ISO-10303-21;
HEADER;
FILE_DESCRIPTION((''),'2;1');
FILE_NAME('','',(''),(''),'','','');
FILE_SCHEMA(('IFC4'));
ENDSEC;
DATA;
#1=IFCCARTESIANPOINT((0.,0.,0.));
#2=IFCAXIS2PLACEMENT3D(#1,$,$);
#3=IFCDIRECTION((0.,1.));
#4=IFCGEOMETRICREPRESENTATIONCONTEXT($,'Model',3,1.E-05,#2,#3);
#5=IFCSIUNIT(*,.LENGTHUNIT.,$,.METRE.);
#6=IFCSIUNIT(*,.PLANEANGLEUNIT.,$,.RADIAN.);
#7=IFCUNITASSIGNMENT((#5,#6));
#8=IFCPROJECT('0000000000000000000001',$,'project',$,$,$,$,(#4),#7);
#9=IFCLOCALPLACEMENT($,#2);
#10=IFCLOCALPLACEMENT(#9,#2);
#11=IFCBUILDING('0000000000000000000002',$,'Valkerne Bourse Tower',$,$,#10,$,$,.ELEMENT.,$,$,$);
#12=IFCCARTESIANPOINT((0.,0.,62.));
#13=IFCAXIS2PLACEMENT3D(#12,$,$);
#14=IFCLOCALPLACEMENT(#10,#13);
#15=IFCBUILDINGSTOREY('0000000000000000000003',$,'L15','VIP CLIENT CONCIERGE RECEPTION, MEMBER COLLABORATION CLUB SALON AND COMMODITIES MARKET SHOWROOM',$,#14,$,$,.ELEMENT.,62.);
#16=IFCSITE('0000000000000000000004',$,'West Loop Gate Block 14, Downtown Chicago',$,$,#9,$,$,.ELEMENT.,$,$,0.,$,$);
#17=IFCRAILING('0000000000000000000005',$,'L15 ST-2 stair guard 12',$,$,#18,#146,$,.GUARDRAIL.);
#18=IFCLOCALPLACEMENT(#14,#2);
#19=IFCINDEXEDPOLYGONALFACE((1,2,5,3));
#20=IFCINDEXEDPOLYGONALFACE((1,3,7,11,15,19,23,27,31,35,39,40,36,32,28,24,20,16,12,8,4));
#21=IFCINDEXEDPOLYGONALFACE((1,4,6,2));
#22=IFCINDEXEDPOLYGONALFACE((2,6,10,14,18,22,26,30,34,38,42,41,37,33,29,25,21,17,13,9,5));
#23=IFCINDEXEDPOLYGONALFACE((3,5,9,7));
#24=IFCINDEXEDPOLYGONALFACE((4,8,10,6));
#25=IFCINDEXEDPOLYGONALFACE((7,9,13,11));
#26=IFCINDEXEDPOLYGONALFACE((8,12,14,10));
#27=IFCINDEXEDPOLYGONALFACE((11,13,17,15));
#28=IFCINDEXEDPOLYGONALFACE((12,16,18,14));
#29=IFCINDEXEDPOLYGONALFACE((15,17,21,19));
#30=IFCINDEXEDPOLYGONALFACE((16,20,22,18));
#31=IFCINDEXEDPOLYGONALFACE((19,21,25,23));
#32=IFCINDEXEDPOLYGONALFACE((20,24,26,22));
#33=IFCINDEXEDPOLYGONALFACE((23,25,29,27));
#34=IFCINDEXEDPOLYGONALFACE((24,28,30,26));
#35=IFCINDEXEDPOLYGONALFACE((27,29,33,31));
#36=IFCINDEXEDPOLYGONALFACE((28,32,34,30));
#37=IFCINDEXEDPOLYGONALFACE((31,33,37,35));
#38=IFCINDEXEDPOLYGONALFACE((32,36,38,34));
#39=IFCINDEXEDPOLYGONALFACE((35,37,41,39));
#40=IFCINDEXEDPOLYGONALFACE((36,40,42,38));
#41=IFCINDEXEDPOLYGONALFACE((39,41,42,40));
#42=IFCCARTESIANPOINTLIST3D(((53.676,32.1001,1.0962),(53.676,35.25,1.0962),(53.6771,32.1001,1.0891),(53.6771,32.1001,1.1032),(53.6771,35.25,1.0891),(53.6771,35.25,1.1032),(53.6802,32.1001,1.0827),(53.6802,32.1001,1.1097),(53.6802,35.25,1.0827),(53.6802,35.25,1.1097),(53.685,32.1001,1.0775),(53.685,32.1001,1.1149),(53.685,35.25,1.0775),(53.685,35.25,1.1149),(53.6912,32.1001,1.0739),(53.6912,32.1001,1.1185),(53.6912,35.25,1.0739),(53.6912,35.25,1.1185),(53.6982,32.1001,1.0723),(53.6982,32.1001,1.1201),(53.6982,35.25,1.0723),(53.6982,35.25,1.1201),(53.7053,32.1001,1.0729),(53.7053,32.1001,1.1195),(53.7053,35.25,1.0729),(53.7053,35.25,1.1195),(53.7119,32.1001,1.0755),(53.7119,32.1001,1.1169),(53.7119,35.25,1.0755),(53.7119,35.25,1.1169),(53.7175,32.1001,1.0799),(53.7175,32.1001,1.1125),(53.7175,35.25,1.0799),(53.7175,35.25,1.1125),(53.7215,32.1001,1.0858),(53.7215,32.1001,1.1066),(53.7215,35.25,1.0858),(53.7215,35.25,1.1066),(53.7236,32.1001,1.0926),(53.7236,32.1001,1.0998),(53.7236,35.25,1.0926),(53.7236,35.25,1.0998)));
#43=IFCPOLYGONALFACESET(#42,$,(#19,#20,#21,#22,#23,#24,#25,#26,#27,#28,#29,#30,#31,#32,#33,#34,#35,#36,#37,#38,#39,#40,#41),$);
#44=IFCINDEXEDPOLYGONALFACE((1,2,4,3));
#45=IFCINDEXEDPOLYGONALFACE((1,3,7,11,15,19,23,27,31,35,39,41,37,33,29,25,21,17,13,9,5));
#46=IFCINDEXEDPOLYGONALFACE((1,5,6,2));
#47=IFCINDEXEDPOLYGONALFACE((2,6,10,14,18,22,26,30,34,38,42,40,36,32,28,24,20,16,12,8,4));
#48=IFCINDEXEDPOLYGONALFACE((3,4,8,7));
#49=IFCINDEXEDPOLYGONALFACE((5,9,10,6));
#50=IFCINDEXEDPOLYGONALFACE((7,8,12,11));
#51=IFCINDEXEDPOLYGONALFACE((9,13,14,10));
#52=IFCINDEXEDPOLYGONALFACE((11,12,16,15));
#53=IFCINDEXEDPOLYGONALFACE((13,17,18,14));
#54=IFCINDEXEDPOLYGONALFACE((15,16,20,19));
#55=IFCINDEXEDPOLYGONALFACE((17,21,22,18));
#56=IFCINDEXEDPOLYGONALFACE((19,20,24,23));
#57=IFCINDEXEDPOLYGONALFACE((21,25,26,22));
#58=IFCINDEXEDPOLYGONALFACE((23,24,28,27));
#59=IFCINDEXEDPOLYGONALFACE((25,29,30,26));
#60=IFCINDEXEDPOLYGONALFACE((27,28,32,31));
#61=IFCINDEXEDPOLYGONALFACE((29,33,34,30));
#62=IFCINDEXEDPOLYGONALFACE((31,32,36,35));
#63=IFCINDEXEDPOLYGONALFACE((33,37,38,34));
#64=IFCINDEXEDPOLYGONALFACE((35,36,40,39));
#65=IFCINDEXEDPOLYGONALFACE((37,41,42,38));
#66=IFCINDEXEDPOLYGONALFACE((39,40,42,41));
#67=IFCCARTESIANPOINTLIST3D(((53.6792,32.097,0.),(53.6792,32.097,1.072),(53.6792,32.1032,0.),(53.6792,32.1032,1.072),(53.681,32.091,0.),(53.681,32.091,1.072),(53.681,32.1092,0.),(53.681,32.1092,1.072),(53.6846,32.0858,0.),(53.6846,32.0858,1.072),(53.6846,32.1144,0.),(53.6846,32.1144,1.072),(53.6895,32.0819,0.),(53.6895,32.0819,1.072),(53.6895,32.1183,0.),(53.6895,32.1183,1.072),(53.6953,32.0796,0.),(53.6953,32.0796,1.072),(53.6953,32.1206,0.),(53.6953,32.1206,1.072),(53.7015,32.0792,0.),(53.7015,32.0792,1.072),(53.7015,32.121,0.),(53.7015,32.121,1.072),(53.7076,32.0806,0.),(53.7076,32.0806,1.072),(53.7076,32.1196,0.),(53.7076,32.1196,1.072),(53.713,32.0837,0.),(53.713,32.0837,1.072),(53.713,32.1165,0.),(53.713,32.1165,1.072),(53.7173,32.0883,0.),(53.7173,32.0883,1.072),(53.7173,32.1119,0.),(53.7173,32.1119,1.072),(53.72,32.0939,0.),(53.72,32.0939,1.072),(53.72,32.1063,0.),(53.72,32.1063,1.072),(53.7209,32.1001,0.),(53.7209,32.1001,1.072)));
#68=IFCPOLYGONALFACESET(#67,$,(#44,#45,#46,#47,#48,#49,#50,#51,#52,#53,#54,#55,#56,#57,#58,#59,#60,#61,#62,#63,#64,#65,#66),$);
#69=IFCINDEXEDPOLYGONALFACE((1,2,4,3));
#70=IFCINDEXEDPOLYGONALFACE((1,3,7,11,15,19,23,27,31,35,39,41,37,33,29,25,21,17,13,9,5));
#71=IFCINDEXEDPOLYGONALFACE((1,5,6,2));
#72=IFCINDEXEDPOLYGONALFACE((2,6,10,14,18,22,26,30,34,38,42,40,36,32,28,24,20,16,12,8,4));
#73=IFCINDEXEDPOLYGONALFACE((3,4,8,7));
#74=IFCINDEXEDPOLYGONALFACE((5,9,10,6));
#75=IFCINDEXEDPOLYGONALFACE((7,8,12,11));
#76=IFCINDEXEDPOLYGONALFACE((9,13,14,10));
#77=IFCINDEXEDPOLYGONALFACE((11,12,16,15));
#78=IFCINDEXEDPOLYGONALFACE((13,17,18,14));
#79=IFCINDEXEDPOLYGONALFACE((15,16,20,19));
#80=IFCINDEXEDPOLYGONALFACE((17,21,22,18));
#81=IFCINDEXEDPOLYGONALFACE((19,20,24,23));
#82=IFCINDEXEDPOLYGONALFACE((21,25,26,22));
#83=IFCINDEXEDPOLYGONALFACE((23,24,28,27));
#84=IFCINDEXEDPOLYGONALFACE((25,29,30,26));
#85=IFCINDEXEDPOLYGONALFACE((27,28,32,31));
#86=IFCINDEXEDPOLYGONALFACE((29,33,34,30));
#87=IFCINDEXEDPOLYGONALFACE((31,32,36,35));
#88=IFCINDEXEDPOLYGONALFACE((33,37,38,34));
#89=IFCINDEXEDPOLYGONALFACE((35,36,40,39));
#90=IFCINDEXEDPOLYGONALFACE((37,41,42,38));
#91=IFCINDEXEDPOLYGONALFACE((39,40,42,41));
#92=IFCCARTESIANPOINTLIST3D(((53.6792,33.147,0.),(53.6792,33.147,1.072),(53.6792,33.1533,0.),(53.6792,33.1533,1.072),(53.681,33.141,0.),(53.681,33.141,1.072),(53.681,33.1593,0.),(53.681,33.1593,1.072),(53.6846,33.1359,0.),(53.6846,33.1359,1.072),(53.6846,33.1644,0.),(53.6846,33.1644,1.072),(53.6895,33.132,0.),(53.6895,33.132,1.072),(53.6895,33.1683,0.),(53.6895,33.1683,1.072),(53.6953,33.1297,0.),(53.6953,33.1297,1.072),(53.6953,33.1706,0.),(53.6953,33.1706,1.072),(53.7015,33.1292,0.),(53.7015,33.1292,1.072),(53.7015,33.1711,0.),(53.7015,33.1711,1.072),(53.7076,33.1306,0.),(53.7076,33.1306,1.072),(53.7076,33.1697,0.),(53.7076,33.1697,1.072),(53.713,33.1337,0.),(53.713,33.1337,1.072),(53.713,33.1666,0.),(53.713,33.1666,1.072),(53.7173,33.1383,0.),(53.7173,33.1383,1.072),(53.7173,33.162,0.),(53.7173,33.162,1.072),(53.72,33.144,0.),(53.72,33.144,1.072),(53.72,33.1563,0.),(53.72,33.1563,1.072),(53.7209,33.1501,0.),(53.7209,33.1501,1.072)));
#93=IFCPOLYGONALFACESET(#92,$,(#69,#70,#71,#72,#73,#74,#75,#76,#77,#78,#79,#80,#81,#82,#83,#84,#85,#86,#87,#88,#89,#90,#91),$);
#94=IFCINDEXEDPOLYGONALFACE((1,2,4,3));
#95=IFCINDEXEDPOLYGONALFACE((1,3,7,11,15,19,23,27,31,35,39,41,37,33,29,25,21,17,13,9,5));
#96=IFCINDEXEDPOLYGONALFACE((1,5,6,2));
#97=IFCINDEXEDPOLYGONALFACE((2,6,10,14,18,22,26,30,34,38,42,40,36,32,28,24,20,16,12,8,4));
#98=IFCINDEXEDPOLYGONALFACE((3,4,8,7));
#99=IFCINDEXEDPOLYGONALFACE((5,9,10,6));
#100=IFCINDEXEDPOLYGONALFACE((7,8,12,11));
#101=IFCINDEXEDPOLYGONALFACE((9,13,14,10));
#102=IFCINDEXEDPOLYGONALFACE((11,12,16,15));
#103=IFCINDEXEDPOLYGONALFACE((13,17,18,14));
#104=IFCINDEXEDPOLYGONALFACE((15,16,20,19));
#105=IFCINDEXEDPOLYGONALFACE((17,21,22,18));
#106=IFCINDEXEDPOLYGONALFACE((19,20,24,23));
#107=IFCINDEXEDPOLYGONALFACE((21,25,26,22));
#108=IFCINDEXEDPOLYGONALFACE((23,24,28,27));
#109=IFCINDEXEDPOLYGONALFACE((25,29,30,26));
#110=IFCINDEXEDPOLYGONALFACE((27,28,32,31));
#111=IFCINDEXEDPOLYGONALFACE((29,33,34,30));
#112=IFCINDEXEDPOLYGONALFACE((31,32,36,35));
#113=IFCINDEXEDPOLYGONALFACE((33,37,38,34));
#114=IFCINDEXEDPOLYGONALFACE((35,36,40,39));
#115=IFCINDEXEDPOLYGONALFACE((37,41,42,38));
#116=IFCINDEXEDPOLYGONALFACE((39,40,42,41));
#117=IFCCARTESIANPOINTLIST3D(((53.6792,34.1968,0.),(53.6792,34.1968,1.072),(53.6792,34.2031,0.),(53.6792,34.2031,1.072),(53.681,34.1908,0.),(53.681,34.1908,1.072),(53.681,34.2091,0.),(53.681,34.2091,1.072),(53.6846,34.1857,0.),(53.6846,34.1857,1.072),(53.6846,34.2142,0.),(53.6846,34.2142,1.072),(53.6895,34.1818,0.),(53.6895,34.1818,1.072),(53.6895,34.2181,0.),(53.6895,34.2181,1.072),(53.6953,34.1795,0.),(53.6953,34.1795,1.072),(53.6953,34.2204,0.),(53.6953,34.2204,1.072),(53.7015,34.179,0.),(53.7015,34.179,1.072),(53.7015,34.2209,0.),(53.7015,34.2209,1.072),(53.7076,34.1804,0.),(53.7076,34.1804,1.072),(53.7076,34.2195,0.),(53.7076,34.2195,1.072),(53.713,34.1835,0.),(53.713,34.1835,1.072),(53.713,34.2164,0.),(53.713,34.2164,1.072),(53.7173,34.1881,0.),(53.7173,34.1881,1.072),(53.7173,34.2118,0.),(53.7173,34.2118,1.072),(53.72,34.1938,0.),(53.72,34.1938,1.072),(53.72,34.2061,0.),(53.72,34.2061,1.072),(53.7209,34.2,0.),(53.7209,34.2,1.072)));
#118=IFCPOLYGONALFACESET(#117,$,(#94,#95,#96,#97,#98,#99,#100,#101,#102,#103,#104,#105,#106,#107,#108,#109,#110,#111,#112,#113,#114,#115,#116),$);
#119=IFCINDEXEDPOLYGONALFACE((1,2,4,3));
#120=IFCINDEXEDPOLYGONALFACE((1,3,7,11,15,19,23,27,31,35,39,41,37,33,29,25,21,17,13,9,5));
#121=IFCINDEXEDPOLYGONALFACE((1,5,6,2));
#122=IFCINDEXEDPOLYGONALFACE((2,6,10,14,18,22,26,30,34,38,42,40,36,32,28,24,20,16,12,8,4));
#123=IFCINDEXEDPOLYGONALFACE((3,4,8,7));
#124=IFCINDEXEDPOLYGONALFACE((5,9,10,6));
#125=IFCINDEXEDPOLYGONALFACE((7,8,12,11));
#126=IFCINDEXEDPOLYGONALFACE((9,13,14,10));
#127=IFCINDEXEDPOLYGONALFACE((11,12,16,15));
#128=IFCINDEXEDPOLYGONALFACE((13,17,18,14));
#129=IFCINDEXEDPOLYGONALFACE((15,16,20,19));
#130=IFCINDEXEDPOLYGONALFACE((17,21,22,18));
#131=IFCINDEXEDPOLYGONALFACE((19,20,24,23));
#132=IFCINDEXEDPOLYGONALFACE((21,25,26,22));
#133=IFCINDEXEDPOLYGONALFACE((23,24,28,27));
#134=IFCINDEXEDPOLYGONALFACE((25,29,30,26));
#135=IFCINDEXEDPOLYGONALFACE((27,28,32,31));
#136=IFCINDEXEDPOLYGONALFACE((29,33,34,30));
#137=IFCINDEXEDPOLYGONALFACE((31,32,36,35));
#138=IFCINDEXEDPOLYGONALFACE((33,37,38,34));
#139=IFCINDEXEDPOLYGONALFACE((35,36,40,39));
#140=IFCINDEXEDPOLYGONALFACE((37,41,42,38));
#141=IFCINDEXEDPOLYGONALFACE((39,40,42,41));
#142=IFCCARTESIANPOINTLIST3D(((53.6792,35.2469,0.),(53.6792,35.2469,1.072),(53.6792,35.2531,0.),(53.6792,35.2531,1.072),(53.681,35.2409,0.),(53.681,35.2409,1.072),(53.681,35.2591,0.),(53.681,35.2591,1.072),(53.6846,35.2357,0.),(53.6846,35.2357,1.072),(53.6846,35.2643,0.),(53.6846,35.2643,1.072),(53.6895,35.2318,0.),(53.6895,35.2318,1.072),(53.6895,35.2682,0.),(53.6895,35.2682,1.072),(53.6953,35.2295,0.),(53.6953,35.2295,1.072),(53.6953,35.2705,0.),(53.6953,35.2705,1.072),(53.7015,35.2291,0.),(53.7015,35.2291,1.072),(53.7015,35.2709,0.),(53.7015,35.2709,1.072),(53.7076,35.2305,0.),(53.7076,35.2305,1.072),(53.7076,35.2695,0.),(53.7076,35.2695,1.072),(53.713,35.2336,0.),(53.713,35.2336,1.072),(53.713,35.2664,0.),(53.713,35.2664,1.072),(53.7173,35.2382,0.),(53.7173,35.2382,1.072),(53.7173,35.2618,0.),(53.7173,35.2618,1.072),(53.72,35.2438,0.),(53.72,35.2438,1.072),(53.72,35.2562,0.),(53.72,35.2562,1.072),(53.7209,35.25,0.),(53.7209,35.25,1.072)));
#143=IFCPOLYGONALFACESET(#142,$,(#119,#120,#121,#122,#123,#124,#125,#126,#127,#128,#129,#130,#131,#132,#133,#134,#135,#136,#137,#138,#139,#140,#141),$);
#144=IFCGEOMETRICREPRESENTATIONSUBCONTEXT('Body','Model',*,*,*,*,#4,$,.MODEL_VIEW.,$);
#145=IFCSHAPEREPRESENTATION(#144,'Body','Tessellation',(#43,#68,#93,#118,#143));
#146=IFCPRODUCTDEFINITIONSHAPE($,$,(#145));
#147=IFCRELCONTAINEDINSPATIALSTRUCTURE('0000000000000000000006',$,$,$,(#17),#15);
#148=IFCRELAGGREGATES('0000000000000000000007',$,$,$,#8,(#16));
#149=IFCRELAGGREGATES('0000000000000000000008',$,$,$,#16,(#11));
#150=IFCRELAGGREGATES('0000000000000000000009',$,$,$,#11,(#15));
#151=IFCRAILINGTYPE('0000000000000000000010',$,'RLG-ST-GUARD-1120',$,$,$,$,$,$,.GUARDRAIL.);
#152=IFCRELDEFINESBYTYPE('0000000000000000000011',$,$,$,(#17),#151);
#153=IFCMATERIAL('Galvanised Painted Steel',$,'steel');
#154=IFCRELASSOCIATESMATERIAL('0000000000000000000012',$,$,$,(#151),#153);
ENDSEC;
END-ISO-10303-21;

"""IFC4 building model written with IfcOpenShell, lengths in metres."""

from ifc_helpers import new_model, si_unit, direction, frame, origin, origin_2d, place, context, subcontext, project, spatial, circle, extrude, material, type_object, element, save


model = new_model("IFC4")

# Units and contexts
model_context = context("Model", 3, precision=1e-05, world=origin(), true_north=direction((0.0, 1.0)))
body_context = subcontext(model_context, "Body", "Model", "MODEL_VIEW")
ifc_project = project(units=[si_unit("LENGTHUNIT", "METRE"), si_unit("PLANEANGLEUNIT", "RADIAN")], contexts=[model_context])

# Site, building, storey
site_placement = place(None, origin())
site = spatial("IfcSite", under=ifc_project, at=site_placement, Name="West Loop Gate Block 14, Downtown Chicago", CompositionType="ELEMENT", RefElevation=0.0)
building_placement = place(site_placement, origin())
building = spatial("IfcBuilding", under=site, at=building_placement, Name="Valkerne Bourse Tower", CompositionType="ELEMENT")
storey_placement = place(building_placement, frame((0.0, 0.0, 62.0)))
storey = spatial("IfcBuildingStorey", under=building, at=storey_placement, Name="L15", Description="VIP CLIENT CONCIERGE RECEPTION, MEMBER COLLABORATION CLUB SALON AND COMMODITIES MARKET SHOWROOM", CompositionType="ELEMENT", Elevation=62.0)

# Railing
ifc_material_1 = material(Name="Galvanised Painted Steel", Category="steel")
railing_type_1 = type_object("IfcRailingType", Name="RLG-ST-GUARD-1120", PredefinedType="GUARDRAIL", material=ifc_material_1)
railing_1_placement = place(storey_placement, frame((53.7, 32.1001, 0.0)))
element("IfcRailing", 1, at=railing_1_placement, inside=storey, type_object=railing_type_1, Name="L15 ST-2 stair guard 12", PredefinedType="GUARDRAIL", context=body_context, shape_type="SweptSolid", body=[
    extrude(circle(Radius=0.0239, at=origin_2d()), frame((0.0, 0.0, 1.0962), z_axis=(0.0, 1.0, 0.0), x_axis=(-1.0, 0.0, 0.0)), (0.0, 0.0, 1.0), 3.1499),
    extrude(circle(Radius=0.021, at=origin_2d()), origin(), (0.0, 0.0, 1.0), 1.072),
    extrude(circle(Radius=0.021, at=origin_2d()), frame((0.0, 1.05, 0.0)), (0.0, 0.0, 1.0), 1.072),
    extrude(circle(Radius=0.021, at=origin_2d()), frame((0.0, 2.0999, 0.0)), (0.0, 0.0, 1.0), 1.072),
    extrude(circle(Radius=0.021, at=origin_2d()), frame((0.0, 3.1499, 0.0)), (0.0, 0.0, 1.0), 1.072),
])

save(model, "model.ifc")
